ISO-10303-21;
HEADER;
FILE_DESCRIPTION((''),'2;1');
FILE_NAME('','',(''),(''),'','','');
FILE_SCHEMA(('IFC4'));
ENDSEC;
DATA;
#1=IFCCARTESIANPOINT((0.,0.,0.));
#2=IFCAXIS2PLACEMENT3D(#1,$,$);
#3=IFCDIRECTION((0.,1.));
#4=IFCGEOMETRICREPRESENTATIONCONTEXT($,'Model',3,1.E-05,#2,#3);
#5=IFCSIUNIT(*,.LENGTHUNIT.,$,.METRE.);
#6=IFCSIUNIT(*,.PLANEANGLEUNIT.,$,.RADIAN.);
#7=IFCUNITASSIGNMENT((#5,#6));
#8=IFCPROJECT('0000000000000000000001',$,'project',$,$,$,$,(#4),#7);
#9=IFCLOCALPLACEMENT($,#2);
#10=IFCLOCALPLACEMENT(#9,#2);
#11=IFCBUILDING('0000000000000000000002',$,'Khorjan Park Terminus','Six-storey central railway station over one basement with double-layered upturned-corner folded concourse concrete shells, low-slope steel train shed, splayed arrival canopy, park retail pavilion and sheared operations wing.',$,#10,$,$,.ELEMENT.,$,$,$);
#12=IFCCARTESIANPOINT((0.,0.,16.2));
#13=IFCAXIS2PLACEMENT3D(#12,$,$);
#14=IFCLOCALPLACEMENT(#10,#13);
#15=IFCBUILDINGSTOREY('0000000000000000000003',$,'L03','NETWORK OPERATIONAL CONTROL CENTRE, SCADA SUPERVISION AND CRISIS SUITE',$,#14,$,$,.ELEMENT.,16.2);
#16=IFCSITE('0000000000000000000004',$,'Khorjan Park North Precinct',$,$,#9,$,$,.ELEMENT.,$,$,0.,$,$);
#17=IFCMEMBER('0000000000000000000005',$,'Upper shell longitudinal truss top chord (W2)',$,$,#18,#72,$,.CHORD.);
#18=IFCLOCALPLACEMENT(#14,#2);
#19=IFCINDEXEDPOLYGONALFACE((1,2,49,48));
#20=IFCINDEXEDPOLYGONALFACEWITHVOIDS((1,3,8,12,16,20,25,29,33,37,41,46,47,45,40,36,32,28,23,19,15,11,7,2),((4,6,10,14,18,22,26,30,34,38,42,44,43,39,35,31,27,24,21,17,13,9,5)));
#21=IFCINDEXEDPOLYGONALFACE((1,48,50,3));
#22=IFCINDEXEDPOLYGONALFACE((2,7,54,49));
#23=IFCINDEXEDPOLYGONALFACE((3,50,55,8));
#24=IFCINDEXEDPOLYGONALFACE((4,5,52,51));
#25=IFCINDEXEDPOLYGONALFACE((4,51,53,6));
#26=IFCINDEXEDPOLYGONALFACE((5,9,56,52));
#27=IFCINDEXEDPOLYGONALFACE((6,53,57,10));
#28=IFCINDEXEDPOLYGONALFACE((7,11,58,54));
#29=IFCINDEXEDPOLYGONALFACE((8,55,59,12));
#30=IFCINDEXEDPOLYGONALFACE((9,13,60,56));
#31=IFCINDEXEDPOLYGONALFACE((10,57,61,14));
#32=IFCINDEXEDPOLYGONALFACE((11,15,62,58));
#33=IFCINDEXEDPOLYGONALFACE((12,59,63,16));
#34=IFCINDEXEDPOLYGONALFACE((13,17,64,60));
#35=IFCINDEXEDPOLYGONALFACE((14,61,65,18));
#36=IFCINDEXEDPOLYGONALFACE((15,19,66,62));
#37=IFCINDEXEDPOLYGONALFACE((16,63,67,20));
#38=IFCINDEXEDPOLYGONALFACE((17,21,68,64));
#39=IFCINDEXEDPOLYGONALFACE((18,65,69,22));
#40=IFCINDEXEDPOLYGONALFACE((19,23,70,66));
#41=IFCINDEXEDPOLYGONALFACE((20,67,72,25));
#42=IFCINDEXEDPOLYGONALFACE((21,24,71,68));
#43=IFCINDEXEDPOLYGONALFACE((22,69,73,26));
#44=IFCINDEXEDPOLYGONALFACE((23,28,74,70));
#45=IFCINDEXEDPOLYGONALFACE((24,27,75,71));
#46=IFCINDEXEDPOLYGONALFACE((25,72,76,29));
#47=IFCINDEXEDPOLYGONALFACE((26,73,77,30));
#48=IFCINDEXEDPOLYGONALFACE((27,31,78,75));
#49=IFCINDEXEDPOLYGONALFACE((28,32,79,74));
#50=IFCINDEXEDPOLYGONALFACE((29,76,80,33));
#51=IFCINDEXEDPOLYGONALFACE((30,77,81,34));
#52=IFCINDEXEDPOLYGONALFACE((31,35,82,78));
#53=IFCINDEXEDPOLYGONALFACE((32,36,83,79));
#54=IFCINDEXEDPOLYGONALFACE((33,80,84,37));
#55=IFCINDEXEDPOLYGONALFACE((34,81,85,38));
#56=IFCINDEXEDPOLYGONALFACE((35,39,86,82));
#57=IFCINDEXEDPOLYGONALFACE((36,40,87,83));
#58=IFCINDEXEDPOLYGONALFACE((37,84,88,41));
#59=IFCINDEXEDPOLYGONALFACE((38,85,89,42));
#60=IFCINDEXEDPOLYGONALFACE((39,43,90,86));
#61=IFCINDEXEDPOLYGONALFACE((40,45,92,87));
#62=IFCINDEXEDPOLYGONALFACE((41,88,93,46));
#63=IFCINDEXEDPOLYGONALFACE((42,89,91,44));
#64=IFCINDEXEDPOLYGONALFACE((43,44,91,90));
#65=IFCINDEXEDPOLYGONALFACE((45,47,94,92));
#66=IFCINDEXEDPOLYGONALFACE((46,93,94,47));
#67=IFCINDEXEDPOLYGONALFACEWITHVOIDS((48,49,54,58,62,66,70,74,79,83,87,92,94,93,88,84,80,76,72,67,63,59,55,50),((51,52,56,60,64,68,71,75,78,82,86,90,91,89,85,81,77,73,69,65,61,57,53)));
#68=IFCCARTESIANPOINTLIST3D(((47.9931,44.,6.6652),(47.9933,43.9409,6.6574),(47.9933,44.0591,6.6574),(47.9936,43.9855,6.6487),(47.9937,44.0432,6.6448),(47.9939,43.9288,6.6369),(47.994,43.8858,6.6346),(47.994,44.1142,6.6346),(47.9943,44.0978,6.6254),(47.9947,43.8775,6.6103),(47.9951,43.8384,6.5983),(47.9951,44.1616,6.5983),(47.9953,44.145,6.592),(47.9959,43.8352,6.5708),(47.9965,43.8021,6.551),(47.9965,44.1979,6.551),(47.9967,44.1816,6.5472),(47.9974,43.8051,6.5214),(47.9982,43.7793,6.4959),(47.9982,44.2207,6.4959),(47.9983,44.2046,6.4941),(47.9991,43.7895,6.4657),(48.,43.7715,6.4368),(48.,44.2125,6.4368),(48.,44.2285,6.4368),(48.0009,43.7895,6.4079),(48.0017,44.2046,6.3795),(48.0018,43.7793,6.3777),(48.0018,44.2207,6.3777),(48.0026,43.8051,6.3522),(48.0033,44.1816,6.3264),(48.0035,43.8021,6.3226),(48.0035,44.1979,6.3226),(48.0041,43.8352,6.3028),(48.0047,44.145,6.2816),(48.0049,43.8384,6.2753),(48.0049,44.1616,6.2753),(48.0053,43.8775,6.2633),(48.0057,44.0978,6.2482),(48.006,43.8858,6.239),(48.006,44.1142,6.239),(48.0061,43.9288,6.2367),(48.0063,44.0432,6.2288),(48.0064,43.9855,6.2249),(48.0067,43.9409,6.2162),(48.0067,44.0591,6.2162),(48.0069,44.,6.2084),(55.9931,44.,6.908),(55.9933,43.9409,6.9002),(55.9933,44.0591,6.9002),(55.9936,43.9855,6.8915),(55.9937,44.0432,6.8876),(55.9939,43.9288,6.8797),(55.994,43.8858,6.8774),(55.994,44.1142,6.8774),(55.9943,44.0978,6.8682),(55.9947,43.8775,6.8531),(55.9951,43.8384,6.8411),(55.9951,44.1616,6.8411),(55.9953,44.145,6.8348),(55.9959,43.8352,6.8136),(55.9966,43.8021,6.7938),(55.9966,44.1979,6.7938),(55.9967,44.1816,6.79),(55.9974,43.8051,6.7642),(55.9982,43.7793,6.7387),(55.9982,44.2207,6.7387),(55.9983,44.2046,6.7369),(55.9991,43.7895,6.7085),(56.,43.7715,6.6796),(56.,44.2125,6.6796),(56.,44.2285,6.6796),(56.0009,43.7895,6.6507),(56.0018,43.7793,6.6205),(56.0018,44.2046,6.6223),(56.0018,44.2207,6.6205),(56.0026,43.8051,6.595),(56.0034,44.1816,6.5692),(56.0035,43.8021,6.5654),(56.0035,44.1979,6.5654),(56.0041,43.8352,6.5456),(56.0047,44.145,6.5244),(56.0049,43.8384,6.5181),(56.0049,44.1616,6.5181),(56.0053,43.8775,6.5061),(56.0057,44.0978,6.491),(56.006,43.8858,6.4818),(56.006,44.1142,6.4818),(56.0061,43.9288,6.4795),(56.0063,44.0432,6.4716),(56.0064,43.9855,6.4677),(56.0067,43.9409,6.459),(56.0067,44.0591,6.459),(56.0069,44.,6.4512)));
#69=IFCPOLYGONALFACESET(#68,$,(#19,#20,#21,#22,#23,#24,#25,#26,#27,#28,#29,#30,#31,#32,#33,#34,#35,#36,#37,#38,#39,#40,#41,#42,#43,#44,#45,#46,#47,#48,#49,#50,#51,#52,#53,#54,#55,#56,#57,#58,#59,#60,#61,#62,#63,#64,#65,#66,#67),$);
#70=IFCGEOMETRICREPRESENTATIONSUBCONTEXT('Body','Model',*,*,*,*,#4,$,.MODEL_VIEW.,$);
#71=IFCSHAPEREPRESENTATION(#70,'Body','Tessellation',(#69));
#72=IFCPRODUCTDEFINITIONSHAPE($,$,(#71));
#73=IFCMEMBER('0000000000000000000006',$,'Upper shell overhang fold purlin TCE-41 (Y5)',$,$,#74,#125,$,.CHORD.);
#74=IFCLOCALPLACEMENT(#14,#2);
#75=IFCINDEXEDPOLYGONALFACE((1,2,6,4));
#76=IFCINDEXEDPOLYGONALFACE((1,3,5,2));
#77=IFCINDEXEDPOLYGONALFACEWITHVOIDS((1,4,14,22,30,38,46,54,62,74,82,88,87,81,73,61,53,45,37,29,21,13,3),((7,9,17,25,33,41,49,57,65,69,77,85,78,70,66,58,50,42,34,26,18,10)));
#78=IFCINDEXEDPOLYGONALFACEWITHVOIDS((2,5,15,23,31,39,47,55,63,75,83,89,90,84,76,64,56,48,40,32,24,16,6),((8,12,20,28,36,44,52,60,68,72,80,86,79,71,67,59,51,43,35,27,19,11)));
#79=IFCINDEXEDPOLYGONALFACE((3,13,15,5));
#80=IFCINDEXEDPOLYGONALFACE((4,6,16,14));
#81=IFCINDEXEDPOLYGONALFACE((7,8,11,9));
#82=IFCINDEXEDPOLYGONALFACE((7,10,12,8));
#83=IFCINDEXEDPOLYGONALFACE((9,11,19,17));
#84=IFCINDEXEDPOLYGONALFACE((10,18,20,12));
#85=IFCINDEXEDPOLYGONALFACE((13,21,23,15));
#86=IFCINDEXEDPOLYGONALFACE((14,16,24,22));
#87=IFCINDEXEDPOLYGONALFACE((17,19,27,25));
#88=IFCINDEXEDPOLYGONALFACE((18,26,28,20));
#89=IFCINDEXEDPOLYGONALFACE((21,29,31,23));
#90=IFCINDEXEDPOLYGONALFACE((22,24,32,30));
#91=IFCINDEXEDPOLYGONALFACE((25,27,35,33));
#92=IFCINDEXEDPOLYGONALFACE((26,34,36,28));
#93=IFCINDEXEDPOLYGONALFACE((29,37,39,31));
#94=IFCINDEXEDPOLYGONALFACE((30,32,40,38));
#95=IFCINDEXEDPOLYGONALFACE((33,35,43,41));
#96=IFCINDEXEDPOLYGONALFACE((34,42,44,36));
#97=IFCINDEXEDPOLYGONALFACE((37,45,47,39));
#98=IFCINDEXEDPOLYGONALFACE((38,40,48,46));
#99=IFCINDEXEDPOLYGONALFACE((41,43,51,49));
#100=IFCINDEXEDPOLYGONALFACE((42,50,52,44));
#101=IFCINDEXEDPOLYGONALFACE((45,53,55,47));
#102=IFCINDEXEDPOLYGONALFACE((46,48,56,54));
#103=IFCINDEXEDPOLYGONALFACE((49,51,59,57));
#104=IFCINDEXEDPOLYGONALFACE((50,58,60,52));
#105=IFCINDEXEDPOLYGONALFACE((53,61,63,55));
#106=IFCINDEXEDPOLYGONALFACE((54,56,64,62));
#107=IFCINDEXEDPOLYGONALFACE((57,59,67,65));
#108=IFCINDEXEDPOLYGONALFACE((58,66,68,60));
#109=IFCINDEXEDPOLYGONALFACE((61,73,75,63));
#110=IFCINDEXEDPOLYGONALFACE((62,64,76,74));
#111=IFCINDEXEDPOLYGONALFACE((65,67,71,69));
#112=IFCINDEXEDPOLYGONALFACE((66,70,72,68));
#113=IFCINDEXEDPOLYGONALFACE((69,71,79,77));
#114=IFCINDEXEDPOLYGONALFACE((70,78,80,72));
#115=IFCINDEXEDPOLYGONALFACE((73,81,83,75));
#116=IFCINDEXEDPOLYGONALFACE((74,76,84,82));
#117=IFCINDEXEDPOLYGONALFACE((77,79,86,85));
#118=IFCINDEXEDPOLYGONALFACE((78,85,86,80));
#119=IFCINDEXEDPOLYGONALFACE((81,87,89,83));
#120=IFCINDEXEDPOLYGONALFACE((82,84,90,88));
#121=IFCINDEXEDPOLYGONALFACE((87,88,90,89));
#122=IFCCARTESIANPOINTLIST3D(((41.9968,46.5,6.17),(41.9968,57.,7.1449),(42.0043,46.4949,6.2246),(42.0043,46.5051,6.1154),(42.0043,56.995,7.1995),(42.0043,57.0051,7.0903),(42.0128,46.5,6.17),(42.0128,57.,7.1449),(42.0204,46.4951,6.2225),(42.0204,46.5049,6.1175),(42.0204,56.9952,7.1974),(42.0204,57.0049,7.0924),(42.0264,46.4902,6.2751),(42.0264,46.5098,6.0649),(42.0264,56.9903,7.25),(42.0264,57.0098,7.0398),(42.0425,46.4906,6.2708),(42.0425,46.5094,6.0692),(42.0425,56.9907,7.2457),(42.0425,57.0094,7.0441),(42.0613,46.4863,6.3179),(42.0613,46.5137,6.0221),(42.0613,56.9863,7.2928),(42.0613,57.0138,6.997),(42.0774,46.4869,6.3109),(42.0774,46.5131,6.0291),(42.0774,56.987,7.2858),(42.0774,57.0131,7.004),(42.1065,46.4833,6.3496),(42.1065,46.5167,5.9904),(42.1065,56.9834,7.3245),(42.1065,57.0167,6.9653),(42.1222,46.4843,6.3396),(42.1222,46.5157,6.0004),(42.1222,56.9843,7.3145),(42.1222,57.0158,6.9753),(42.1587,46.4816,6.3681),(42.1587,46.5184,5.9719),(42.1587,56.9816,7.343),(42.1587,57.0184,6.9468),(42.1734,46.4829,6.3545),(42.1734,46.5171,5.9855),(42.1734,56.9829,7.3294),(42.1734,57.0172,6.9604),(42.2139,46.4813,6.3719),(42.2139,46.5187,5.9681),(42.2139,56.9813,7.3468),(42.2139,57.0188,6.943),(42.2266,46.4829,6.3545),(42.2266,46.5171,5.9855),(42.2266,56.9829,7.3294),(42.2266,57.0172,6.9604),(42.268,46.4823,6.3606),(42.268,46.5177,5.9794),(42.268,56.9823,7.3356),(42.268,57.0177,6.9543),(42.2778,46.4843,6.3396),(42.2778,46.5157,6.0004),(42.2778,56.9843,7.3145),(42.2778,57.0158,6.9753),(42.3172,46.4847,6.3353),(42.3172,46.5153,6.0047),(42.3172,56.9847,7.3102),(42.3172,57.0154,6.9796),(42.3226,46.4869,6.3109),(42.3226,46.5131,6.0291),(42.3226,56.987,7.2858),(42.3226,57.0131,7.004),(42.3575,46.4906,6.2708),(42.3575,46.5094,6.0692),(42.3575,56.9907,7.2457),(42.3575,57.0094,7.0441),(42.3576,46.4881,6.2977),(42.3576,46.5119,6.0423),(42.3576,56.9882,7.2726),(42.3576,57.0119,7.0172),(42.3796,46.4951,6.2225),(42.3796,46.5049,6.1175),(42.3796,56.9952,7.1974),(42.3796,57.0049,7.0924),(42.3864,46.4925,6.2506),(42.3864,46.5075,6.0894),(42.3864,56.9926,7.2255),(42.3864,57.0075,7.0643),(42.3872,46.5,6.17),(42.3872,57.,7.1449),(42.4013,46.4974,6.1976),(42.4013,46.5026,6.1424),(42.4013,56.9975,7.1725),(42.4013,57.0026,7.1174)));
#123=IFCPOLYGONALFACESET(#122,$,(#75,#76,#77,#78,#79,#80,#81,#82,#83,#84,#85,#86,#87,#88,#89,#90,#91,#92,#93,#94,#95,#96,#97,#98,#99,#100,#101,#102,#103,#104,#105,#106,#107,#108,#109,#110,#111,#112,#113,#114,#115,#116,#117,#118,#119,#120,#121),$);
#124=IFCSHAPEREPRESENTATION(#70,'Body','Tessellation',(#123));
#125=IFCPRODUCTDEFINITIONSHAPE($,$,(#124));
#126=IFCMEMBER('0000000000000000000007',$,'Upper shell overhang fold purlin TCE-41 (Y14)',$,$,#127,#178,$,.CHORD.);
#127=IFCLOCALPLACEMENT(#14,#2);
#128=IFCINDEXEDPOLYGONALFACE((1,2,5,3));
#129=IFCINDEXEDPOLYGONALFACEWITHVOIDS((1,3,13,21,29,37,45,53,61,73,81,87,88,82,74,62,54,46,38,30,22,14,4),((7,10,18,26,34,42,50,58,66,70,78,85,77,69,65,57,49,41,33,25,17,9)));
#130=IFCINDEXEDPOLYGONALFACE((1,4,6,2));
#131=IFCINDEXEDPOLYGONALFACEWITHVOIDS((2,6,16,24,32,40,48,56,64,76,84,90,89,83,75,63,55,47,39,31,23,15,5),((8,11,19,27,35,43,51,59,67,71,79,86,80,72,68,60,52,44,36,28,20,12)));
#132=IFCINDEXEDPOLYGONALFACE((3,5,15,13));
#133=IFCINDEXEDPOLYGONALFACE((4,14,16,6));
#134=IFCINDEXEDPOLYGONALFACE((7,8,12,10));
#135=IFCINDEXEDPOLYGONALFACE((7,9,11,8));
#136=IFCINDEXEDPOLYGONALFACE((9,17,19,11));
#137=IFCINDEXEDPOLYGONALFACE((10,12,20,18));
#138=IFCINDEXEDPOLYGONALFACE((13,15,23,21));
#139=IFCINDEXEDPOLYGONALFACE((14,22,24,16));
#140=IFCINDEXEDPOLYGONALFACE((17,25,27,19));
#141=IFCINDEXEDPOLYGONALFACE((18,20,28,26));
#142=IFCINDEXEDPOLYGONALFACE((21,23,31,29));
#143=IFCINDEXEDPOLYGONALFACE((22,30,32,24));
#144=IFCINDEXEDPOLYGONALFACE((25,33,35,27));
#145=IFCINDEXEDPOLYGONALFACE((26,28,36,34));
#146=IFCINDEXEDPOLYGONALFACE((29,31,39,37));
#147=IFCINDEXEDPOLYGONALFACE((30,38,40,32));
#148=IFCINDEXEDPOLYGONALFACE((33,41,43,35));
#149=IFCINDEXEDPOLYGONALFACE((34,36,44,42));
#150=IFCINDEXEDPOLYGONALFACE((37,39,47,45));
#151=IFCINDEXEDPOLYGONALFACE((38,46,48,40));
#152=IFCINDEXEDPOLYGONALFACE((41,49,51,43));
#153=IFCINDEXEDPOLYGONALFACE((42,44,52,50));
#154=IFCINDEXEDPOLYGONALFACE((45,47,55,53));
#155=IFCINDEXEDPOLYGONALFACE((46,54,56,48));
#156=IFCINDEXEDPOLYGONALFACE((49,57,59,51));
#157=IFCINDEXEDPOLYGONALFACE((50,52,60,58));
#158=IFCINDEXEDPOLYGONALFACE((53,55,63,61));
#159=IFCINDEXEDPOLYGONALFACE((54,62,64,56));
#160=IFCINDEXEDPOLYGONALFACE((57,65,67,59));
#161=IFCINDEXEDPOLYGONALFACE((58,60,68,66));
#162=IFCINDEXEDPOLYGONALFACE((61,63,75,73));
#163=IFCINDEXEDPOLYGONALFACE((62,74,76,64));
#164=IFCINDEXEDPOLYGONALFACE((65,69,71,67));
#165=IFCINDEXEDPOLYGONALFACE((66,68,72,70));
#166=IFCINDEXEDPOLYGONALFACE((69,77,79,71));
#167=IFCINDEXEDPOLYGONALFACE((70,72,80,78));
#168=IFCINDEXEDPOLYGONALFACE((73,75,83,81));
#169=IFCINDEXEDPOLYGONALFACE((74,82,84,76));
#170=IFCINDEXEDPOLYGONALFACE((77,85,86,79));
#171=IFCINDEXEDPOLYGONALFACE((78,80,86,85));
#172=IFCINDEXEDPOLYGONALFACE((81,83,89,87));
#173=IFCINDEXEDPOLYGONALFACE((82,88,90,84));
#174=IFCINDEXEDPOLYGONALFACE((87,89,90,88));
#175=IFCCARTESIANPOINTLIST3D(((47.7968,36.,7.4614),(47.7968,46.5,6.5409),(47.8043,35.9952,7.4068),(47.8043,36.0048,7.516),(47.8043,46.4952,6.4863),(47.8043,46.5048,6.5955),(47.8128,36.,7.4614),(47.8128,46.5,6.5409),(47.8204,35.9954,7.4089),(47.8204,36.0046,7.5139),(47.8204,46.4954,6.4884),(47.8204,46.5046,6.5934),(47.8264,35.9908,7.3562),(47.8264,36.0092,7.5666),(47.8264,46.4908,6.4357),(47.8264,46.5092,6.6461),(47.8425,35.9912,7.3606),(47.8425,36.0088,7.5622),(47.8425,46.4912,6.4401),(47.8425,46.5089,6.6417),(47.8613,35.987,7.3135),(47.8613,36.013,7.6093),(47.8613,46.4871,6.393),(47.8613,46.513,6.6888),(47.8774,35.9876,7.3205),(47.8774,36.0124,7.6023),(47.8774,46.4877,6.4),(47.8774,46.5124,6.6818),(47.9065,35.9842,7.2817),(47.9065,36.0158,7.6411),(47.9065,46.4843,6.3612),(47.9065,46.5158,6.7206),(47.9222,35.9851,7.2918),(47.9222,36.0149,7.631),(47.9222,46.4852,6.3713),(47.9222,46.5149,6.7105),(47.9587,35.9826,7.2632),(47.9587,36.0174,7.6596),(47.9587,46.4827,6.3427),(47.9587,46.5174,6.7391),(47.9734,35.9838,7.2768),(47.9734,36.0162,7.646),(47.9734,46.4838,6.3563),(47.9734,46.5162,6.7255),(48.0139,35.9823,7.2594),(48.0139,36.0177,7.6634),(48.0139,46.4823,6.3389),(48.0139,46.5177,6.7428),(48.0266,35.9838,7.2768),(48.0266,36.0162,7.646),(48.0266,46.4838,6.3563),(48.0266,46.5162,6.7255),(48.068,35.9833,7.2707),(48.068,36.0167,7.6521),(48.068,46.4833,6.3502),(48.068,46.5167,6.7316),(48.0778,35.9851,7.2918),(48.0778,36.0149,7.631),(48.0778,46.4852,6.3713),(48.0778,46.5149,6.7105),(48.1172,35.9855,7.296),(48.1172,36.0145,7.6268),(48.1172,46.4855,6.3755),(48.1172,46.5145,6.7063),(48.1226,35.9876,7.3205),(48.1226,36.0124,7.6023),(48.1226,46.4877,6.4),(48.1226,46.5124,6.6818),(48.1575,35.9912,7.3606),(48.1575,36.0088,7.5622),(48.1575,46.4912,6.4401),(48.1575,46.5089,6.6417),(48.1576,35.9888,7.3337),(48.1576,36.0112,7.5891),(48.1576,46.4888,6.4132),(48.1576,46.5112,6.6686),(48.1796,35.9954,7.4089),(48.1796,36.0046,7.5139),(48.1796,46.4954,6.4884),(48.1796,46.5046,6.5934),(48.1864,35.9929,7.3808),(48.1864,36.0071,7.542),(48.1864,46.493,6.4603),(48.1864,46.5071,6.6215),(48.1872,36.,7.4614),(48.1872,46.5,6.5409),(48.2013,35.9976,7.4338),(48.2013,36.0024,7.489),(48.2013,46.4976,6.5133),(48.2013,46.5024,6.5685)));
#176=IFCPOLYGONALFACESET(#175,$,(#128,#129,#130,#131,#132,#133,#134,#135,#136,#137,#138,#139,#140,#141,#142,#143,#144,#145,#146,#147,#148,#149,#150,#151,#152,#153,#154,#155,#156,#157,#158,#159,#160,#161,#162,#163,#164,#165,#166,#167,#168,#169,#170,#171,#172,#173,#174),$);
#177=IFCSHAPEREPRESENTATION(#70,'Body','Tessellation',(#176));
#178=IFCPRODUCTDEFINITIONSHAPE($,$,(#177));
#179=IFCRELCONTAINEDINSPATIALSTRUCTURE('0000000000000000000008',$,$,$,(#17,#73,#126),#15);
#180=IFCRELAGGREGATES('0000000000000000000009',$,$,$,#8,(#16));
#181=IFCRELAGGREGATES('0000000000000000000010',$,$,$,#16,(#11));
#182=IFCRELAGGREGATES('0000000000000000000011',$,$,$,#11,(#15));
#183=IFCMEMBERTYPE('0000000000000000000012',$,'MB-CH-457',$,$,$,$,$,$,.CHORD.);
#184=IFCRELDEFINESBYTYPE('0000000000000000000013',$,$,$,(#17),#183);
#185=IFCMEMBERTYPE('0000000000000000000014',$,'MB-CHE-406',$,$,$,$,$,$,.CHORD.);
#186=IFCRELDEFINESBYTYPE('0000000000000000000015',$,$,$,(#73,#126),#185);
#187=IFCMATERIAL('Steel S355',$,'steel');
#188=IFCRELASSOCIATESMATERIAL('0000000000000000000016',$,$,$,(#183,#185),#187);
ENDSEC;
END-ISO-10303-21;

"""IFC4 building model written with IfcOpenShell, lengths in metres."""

from ifc_helpers import new_model, si_unit, direction, frame, origin, origin_2d, place, context, subcontext, project, spatial, hollow_circle, extrude, material, material_profile, profile_set, type_object, element, save


model = new_model("IFC4")

# Units and contexts
model_context = context("Model", 3, precision=1e-05, world=origin(), true_north=direction((0.0, 1.0)))
body_context = subcontext(model_context, "Body", "Model", "MODEL_VIEW")
ifc_project = project(units=[si_unit("LENGTHUNIT", "METRE"), si_unit("PLANEANGLEUNIT", "RADIAN")], contexts=[model_context])

# Site, building, storey
site_placement = place(None, origin())
site = spatial("IfcSite", under=ifc_project, at=site_placement, Name="Khorjan Park North Precinct", CompositionType="ELEMENT", RefElevation=0.0)
building_placement = place(site_placement, origin())
building = spatial("IfcBuilding", under=site, at=building_placement, Name="Khorjan Park Terminus", Description="Six-storey central railway station over one basement with double-layered upturned-corner folded concourse concrete shells, low-slope steel train shed, splayed arrival canopy, park retail pavilion and sheared operations wing.", CompositionType="ELEMENT")
storey_placement = place(building_placement, frame((0.0, 0.0, 16.2)))
storey = spatial("IfcBuildingStorey", under=building, at=storey_placement, Name="L03", Description="NETWORK OPERATIONAL CONTROL CENTRE, SCADA SUPERVISION AND CRISIS SUITE", CompositionType="ELEMENT", Elevation=16.2)

# Members
ifc_material_1 = material(Name="Steel S355", Category="steel")
ifc_material_profile_1 = material_profile(ifc_material_1, hollow_circle(Radius=0.2285, WallThickness=0.016, at=origin_2d()), Name="CHS 457x16")
ifc_profile_set_1 = profile_set([ifc_material_profile_1], Name="Steel S355")
member_type_1 = type_object("IfcMemberType", Name="MB-CH-457", PredefinedType="CHORD", material=ifc_profile_set_1)
member_1_placement = place(storey_placement, frame((48.0, 44.0, 6.4368), z_axis=(0.99954, 0.0, 0.030336), x_axis=(0.0, 1.0, 0.0)))
element("IfcMember", 1, at=member_1_placement, inside=storey, type_object=member_type_1, Name="Upper shell longitudinal truss top chord (W2)", PredefinedType="CHORD", context=body_context, shape_type="SweptSolid", body=[
    extrude(hollow_circle(Radius=0.2285, WallThickness=0.016, at=origin_2d()), origin(), (0.0, 0.0, 1.0), 8.0037),
])
ifc_material_profile_2 = material_profile(ifc_material_1, hollow_circle(Radius=0.2032, WallThickness=0.016, at=origin_2d()), Name="CHS 406.4x16")
ifc_profile_set_2 = profile_set([ifc_material_profile_2], Name="Steel S355")
member_type_2 = type_object("IfcMemberType", Name="MB-CHE-406", PredefinedType="CHORD", material=ifc_profile_set_2)
member_2_placement = place(storey_placement, frame((42.2, 46.5, 6.17), z_axis=(0.0, 0.995717, 0.09245), x_axis=(-1.0, 0.0, 0.0)))
element("IfcMember", 2, at=member_2_placement, inside=storey, type_object=member_type_2, Name="Upper shell overhang fold purlin TCE-41 (Y5)", PredefinedType="CHORD", context=body_context, shape_type="SweptSolid", body=[
    extrude(hollow_circle(Radius=0.2032, WallThickness=0.016, at=origin_2d()), origin(), (0.0, 0.0, 1.0), 10.5452),
])
member_3_placement = place(storey_placement, frame((48.0, 36.0, 7.4614), z_axis=(0.0, 0.996179, -0.087332), x_axis=(-1.0, 0.0, 0.0)))
element("IfcMember", 3, at=member_3_placement, inside=storey, type_object=member_type_2, Name="Upper shell overhang fold purlin TCE-41 (Y14)", PredefinedType="CHORD", context=body_context, shape_type="SweptSolid", body=[
    extrude(hollow_circle(Radius=0.2032, WallThickness=0.016, at=origin_2d()), origin(), (0.0, 0.0, 1.0), 10.5403),
])

save(model, "model.ifc")
